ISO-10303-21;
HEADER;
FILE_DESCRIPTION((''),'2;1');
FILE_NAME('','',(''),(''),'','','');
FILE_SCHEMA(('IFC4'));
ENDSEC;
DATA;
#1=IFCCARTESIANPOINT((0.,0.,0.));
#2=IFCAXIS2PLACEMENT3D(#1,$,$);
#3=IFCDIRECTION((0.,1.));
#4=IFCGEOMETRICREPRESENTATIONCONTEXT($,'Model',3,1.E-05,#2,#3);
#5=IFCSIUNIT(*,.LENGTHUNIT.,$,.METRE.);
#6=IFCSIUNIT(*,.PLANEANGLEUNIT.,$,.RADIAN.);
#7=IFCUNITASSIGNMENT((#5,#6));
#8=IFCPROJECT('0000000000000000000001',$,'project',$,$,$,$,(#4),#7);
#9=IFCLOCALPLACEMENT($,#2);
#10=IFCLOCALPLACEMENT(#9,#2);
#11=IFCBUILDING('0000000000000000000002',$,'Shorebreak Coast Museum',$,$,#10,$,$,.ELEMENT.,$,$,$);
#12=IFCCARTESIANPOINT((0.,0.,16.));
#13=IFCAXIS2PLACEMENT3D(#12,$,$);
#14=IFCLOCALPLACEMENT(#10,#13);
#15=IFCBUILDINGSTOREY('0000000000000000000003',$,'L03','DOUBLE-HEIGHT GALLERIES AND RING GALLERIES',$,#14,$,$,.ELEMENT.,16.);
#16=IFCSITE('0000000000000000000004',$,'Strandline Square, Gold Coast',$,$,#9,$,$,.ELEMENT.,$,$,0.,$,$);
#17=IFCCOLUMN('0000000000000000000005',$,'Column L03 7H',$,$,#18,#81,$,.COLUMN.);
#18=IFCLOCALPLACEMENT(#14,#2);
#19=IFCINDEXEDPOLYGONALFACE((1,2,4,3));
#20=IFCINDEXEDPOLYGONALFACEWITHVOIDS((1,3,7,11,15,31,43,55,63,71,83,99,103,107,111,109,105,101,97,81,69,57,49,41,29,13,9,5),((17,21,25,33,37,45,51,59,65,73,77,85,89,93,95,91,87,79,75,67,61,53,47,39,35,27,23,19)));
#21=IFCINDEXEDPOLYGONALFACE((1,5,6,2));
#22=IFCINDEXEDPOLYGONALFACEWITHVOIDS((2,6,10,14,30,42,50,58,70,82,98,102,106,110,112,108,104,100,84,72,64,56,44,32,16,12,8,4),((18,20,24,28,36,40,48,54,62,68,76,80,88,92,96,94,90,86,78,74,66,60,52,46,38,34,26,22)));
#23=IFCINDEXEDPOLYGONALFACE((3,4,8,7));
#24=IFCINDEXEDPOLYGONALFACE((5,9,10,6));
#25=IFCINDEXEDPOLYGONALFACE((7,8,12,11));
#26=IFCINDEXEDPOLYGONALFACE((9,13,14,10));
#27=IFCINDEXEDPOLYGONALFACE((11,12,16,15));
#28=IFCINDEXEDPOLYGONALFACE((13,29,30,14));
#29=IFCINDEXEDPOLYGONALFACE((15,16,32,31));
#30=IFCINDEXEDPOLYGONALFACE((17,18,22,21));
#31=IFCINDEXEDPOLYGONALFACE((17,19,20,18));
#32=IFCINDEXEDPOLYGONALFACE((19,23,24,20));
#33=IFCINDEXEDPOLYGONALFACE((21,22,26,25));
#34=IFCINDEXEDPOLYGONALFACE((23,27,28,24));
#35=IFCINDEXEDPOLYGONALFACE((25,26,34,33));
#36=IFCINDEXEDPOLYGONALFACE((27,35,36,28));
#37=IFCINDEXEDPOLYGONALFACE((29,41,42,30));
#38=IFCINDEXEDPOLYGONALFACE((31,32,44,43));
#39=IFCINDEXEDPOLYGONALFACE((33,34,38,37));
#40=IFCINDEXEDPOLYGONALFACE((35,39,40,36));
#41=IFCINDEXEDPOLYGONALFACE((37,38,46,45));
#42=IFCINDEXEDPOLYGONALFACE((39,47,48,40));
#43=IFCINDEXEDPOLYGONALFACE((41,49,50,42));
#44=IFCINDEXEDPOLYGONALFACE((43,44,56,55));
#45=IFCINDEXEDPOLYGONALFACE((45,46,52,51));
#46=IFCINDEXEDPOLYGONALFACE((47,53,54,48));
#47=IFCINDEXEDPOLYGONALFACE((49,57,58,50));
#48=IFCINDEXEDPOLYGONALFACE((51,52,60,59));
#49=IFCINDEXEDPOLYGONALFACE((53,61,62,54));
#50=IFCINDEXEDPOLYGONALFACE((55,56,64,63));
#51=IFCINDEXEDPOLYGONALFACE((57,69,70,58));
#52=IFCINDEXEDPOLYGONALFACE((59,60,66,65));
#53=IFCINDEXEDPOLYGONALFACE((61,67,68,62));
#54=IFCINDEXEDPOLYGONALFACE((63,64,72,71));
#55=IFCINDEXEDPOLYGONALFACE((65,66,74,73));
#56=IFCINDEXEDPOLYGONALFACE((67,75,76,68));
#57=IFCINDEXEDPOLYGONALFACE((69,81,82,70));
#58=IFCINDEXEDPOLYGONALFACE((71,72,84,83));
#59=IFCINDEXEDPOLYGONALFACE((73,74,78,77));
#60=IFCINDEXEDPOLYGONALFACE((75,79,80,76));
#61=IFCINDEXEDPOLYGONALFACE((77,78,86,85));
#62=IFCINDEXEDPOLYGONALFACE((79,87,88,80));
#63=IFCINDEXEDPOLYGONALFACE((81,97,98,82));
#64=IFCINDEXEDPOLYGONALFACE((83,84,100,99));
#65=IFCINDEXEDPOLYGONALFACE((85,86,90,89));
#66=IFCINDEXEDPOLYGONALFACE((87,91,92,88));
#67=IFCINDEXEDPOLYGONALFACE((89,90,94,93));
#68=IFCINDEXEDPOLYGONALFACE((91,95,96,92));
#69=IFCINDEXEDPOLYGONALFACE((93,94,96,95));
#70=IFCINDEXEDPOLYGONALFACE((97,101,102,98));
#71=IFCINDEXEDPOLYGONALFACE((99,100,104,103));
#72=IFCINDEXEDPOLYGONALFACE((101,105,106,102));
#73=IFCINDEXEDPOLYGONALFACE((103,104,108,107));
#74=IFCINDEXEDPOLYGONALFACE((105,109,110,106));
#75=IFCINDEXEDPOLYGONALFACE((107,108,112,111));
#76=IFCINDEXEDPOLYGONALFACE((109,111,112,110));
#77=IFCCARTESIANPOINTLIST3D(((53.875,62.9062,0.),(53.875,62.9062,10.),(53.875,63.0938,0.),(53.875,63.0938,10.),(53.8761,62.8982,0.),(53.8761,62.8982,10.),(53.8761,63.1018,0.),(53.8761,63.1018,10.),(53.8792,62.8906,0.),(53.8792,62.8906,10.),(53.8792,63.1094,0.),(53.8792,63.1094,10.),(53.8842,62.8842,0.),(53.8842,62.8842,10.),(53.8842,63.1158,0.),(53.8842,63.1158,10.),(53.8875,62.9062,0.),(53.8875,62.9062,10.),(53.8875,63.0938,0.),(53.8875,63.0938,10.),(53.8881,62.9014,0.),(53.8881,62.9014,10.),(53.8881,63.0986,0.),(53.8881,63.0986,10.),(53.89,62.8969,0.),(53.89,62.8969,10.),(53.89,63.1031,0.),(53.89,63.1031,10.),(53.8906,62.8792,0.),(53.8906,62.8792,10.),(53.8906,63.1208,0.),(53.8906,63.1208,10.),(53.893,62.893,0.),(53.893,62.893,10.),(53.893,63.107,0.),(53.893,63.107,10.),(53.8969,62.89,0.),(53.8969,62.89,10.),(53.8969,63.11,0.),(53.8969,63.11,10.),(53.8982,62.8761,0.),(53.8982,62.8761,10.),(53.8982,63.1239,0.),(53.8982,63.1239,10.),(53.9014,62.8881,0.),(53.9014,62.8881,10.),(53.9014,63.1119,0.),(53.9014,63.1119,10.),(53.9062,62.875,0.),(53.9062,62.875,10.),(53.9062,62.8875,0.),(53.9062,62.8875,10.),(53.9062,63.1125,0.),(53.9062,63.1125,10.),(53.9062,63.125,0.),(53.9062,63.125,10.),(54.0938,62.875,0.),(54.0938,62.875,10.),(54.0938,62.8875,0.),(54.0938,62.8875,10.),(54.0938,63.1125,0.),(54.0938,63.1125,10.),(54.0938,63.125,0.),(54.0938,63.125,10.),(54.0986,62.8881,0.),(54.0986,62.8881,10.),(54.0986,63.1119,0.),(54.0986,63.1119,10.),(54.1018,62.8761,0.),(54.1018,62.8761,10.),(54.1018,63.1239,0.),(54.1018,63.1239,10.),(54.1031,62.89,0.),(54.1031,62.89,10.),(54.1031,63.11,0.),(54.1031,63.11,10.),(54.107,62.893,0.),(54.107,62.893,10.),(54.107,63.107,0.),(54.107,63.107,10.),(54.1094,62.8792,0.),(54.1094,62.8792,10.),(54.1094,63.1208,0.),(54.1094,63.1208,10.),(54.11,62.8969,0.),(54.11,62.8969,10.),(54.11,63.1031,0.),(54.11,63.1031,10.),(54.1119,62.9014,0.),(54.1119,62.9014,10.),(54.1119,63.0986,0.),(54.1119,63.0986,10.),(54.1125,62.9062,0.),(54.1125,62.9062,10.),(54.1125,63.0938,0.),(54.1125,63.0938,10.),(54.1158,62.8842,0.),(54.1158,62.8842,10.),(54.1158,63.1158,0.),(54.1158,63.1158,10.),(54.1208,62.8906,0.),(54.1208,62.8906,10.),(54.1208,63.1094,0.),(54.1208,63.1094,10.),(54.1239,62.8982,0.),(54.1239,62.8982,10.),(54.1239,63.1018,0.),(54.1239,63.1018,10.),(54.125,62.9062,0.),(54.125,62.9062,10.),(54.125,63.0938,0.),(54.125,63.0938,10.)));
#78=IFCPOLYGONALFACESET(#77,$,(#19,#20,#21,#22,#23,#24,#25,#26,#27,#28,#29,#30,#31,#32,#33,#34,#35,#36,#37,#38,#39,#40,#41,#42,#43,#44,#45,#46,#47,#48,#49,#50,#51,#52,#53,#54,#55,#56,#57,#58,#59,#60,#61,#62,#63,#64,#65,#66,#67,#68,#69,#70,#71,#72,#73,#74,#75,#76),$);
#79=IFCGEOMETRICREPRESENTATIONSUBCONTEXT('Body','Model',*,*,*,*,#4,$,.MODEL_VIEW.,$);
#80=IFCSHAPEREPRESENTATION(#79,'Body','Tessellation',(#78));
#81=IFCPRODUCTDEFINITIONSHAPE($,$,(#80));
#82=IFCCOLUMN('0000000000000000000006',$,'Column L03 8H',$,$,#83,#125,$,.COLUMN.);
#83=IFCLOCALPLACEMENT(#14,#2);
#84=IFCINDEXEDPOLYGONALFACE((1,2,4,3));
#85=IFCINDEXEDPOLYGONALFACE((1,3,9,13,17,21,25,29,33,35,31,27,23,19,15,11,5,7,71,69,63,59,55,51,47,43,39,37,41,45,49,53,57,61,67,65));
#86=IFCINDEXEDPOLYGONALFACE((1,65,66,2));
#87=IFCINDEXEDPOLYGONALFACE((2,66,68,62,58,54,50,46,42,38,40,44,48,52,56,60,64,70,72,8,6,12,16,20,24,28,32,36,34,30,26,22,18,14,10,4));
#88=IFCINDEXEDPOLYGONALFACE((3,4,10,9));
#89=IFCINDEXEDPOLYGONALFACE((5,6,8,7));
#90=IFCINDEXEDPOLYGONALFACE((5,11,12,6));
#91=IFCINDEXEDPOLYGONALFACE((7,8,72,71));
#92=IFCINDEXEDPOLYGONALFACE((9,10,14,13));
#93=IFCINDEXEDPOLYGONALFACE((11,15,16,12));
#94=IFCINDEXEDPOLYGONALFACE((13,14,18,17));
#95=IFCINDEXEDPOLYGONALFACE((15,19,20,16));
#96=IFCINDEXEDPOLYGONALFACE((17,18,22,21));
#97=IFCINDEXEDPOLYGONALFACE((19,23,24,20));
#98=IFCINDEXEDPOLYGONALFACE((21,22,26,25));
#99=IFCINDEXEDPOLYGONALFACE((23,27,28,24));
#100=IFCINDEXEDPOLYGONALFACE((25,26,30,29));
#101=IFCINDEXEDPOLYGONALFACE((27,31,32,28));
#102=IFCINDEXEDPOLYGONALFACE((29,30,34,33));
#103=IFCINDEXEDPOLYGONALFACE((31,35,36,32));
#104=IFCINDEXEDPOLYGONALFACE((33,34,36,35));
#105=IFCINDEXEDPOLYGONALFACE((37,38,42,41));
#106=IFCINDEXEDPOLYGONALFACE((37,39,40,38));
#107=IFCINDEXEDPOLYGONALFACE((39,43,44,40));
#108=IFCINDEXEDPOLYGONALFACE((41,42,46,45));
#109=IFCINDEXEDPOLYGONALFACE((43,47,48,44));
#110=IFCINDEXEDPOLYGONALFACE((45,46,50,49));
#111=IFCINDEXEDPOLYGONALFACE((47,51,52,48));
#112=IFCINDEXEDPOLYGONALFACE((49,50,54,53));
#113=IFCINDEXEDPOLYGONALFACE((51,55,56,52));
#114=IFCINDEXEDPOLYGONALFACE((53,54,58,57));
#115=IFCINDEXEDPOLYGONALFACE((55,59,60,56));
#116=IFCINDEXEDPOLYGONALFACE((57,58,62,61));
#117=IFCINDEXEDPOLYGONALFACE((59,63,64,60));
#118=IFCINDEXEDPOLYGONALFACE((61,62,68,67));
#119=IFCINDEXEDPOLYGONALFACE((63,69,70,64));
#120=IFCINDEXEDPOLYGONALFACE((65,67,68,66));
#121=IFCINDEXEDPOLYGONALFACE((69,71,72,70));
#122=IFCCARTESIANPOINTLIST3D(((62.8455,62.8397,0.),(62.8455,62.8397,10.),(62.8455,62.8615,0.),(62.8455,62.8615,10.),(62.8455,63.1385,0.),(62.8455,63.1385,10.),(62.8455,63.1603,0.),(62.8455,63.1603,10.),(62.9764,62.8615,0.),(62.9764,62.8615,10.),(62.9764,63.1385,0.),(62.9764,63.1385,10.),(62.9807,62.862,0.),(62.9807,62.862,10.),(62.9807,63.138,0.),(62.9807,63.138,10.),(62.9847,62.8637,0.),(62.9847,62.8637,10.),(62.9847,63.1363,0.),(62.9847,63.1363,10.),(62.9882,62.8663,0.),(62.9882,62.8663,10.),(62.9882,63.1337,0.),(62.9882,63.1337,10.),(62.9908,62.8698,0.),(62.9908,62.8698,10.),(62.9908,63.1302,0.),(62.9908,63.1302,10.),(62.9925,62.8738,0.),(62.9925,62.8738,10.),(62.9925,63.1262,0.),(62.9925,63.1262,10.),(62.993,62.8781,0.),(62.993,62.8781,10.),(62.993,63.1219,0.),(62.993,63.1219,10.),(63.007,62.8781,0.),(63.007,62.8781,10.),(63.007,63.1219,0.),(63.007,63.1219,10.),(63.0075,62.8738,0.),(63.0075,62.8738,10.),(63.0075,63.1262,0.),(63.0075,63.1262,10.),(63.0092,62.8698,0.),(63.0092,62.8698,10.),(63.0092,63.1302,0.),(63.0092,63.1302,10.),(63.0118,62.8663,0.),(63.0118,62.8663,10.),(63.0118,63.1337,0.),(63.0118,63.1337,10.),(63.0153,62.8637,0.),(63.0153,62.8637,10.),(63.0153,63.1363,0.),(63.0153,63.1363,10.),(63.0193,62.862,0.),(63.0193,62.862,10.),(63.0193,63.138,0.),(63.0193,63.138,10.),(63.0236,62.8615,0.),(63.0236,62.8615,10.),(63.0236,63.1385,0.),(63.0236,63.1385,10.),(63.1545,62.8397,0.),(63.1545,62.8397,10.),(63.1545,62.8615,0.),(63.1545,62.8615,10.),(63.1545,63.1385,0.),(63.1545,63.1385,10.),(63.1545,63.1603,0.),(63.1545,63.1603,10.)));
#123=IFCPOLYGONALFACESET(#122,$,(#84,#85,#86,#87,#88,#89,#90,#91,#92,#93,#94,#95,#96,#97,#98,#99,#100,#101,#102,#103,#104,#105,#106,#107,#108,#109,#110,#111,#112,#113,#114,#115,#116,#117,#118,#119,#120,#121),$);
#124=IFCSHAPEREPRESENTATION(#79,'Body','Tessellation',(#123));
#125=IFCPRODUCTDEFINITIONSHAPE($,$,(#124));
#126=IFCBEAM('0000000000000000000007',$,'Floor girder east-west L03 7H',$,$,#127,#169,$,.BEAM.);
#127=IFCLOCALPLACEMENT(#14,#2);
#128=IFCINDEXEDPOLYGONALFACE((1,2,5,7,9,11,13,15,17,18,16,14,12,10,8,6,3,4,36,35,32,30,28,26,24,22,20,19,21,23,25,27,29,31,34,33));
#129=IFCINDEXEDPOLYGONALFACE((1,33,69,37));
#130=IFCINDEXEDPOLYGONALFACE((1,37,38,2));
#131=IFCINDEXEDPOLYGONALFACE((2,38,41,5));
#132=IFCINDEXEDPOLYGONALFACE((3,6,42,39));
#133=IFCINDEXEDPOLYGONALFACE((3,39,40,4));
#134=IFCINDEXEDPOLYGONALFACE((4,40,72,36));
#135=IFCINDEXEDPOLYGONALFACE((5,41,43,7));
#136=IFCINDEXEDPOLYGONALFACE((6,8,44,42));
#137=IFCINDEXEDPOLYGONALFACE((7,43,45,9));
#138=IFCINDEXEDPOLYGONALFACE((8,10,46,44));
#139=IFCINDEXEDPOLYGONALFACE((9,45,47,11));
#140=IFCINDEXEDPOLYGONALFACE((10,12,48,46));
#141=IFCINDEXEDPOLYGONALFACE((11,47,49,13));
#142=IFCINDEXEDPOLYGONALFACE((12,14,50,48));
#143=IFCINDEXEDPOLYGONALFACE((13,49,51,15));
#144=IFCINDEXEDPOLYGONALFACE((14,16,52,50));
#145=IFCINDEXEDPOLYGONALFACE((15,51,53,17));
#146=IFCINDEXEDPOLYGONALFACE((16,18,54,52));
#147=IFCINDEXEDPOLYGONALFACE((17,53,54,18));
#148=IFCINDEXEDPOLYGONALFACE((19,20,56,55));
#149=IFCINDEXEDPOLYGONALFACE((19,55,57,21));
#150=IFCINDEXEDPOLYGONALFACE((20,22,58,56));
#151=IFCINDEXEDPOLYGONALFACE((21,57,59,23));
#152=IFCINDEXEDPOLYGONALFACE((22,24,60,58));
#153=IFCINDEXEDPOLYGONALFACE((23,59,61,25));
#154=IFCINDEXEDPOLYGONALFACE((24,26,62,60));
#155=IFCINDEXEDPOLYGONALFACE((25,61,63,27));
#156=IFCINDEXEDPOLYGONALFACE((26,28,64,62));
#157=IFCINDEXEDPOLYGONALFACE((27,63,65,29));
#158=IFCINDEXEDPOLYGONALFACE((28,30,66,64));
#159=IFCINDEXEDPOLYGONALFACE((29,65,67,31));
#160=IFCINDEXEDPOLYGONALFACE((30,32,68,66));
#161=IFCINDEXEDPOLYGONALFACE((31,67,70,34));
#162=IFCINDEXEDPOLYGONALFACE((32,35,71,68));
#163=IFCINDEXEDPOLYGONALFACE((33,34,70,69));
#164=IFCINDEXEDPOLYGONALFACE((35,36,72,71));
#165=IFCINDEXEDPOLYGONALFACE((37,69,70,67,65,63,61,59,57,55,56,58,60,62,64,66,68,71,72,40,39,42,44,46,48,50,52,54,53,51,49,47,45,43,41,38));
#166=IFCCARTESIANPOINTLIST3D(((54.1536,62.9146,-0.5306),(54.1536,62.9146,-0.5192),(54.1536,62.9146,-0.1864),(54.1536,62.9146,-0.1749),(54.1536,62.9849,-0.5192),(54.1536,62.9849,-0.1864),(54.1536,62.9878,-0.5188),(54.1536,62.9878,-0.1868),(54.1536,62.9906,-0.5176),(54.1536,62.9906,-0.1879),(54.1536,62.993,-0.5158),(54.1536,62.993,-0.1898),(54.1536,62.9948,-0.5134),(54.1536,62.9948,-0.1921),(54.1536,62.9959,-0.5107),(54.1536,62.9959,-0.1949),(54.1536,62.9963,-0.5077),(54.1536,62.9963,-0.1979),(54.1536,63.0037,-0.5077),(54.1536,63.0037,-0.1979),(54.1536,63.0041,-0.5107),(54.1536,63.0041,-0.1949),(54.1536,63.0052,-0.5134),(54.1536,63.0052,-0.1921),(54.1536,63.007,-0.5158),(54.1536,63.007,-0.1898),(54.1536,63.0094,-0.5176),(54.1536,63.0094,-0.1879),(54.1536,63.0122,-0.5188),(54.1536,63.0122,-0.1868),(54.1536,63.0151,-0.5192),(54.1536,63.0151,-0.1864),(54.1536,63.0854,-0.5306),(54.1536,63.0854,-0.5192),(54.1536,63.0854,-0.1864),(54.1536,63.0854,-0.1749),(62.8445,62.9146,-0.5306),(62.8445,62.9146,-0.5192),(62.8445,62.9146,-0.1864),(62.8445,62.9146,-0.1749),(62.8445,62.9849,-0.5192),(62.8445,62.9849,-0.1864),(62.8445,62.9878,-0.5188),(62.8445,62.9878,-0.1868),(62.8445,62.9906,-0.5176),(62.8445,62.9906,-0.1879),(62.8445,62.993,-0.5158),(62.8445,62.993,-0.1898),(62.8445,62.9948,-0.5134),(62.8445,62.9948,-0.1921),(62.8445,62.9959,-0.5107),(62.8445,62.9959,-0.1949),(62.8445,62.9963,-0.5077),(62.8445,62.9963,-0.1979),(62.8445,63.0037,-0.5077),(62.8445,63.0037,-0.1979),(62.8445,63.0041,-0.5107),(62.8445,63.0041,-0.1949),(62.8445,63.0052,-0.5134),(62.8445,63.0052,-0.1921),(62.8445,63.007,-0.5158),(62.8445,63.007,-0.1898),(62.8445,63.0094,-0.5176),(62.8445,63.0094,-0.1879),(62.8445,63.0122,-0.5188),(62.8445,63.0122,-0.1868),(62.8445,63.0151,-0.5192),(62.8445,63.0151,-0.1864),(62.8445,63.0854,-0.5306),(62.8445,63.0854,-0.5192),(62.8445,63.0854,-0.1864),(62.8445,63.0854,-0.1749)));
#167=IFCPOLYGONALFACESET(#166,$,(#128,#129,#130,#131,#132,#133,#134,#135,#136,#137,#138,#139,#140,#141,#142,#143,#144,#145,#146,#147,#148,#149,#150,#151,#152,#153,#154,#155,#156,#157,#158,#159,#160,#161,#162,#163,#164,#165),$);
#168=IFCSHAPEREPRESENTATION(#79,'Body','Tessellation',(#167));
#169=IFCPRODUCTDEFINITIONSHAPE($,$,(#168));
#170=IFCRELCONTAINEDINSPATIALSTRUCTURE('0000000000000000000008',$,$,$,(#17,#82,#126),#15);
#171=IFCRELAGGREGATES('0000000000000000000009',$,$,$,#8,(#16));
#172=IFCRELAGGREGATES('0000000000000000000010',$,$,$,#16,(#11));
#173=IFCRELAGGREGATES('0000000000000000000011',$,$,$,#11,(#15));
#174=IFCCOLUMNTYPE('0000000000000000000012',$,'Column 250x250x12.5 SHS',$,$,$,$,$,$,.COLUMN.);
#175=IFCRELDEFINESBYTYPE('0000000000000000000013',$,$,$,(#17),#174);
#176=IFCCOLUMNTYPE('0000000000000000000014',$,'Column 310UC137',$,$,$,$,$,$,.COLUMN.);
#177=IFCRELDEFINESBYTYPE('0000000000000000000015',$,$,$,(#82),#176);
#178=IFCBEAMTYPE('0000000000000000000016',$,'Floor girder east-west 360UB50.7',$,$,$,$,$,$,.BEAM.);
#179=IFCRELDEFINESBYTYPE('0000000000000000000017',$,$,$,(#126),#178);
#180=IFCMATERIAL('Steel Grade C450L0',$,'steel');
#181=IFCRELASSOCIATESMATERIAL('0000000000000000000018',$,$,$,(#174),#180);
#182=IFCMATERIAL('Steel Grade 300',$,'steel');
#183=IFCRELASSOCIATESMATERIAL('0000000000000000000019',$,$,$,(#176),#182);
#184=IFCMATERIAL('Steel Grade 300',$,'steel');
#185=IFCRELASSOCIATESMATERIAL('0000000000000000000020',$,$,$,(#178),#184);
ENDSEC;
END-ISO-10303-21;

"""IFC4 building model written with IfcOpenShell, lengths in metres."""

from ifc_helpers import new_model, si_unit, direction, frame, origin, origin_2d, place, context, subcontext, project, spatial, hollow_rectangle, i_section, extrude, material, material_profile, profile_set, type_object, element, save


model = new_model("IFC4")

# Units and contexts
model_context = context("Model", 3, precision=1e-05, world=origin(), true_north=direction((0.0, 1.0)))
body_context = subcontext(model_context, "Body", "Model", "MODEL_VIEW")
ifc_project = project(units=[si_unit("LENGTHUNIT", "METRE"), si_unit("PLANEANGLEUNIT", "RADIAN")], contexts=[model_context])

# Site, building, storey
site_placement = place(None, origin())
site = spatial("IfcSite", under=ifc_project, at=site_placement, Name="Strandline Square, Gold Coast", CompositionType="ELEMENT", RefElevation=0.0)
building_placement = place(site_placement, origin())
building = spatial("IfcBuilding", under=site, at=building_placement, Name="Shorebreak Coast Museum", CompositionType="ELEMENT")
storey_placement = place(building_placement, frame((0.0, 0.0, 16.0)))
storey = spatial("IfcBuildingStorey", under=building, at=storey_placement, Name="L03", Description="DOUBLE-HEIGHT GALLERIES AND RING GALLERIES", CompositionType="ELEMENT", Elevation=16.0)

# Columns
ifc_material_1 = material(Name="Steel Grade C450L0", Category="steel")
ifc_material_profile_1 = material_profile(ifc_material_1, hollow_rectangle(XDim=0.25, YDim=0.25, WallThickness=0.0125, InnerFilletRadius=0.0188, OuterFilletRadius=0.0312, at=origin_2d()), Name="250x250x12.5 SHS")
ifc_profile_set_1 = profile_set([ifc_material_profile_1], Name="Steel Grade C450L0")
column_type_1 = type_object("IfcColumnType", Name="Column 250x250x12.5 SHS", PredefinedType="COLUMN", material=ifc_profile_set_1)
column_1_placement = place(storey_placement, frame((54.0, 63.0, 0.0), z_axis=(0.0, 0.0, 1.0), x_axis=(1.0, 0.0, 0.0)))
element("IfcColumn", 1, at=column_1_placement, inside=storey, type_object=column_type_1, Name="Column L03 7H", PredefinedType="COLUMN", context=body_context, shape_type="SweptSolid", body=[
    extrude(hollow_rectangle(XDim=0.25, YDim=0.25, WallThickness=0.0125, InnerFilletRadius=0.0188, OuterFilletRadius=0.0312, at=origin_2d()), origin(), (0.0, 0.0, 1.0), 10.0),
])
ifc_material_2 = material(Name="Steel Grade 300", Category="steel")
ifc_material_profile_2 = material_profile(ifc_material_2, i_section(OverallWidth=0.3091, OverallDepth=0.3206, WebThickness=0.0139, FlangeThickness=0.0217, FilletRadius=0.0166, at=origin_2d()), Name="310UC137")
ifc_profile_set_2 = profile_set([ifc_material_profile_2], Name="Steel Grade 300")
column_type_2 = type_object("IfcColumnType", Name="Column 310UC137", PredefinedType="COLUMN", material=ifc_profile_set_2)
column_2_placement = place(storey_placement, frame((63.0, 63.0, 0.0), z_axis=(0.0, 0.0, 1.0), x_axis=(1.0, 0.0, 0.0)))
element("IfcColumn", 2, at=column_2_placement, inside=storey, type_object=column_type_2, Name="Column L03 8H", PredefinedType="COLUMN", context=body_context, shape_type="SweptSolid", body=[
    extrude(i_section(OverallWidth=0.3091, OverallDepth=0.3206, WebThickness=0.0139, FlangeThickness=0.0217, FilletRadius=0.0166, at=origin_2d()), origin(), (0.0, 0.0, 1.0), 10.0),
])

# Beam
ifc_material_3 = material(Name="Steel Grade 300", Category="steel")
ifc_material_profile_3 = material_profile(ifc_material_3, i_section(OverallWidth=0.1709, OverallDepth=0.3557, WebThickness=0.0073, FlangeThickness=0.0115, FilletRadius=0.0115, at=origin_2d()), Name="360UB50.7")
ifc_profile_set_3 = profile_set([ifc_material_profile_3], Name="Steel Grade 300")
beam_type_1 = type_object("IfcBeamType", Name="Floor girder east-west 360UB50.7", PredefinedType="BEAM", material=ifc_profile_set_3)
beam_1_placement = place(storey_placement, frame((54.1536, 63.0, -0.3528), z_axis=(1.0, 0.0, 0.0), x_axis=(0.0, 1.0, 0.0)))
element("IfcBeam", 3, at=beam_1_placement, inside=storey, type_object=beam_type_1, Name="Floor girder east-west L03 7H", PredefinedType="BEAM", context=body_context, shape_type="SweptSolid", body=[
    extrude(i_section(OverallWidth=0.1709, OverallDepth=0.3557, WebThickness=0.0073, FlangeThickness=0.0115, FilletRadius=0.0115, at=origin_2d()), origin(), (0.0, 0.0, 1.0), 8.6909),
])

save(model, "model.ifc")
